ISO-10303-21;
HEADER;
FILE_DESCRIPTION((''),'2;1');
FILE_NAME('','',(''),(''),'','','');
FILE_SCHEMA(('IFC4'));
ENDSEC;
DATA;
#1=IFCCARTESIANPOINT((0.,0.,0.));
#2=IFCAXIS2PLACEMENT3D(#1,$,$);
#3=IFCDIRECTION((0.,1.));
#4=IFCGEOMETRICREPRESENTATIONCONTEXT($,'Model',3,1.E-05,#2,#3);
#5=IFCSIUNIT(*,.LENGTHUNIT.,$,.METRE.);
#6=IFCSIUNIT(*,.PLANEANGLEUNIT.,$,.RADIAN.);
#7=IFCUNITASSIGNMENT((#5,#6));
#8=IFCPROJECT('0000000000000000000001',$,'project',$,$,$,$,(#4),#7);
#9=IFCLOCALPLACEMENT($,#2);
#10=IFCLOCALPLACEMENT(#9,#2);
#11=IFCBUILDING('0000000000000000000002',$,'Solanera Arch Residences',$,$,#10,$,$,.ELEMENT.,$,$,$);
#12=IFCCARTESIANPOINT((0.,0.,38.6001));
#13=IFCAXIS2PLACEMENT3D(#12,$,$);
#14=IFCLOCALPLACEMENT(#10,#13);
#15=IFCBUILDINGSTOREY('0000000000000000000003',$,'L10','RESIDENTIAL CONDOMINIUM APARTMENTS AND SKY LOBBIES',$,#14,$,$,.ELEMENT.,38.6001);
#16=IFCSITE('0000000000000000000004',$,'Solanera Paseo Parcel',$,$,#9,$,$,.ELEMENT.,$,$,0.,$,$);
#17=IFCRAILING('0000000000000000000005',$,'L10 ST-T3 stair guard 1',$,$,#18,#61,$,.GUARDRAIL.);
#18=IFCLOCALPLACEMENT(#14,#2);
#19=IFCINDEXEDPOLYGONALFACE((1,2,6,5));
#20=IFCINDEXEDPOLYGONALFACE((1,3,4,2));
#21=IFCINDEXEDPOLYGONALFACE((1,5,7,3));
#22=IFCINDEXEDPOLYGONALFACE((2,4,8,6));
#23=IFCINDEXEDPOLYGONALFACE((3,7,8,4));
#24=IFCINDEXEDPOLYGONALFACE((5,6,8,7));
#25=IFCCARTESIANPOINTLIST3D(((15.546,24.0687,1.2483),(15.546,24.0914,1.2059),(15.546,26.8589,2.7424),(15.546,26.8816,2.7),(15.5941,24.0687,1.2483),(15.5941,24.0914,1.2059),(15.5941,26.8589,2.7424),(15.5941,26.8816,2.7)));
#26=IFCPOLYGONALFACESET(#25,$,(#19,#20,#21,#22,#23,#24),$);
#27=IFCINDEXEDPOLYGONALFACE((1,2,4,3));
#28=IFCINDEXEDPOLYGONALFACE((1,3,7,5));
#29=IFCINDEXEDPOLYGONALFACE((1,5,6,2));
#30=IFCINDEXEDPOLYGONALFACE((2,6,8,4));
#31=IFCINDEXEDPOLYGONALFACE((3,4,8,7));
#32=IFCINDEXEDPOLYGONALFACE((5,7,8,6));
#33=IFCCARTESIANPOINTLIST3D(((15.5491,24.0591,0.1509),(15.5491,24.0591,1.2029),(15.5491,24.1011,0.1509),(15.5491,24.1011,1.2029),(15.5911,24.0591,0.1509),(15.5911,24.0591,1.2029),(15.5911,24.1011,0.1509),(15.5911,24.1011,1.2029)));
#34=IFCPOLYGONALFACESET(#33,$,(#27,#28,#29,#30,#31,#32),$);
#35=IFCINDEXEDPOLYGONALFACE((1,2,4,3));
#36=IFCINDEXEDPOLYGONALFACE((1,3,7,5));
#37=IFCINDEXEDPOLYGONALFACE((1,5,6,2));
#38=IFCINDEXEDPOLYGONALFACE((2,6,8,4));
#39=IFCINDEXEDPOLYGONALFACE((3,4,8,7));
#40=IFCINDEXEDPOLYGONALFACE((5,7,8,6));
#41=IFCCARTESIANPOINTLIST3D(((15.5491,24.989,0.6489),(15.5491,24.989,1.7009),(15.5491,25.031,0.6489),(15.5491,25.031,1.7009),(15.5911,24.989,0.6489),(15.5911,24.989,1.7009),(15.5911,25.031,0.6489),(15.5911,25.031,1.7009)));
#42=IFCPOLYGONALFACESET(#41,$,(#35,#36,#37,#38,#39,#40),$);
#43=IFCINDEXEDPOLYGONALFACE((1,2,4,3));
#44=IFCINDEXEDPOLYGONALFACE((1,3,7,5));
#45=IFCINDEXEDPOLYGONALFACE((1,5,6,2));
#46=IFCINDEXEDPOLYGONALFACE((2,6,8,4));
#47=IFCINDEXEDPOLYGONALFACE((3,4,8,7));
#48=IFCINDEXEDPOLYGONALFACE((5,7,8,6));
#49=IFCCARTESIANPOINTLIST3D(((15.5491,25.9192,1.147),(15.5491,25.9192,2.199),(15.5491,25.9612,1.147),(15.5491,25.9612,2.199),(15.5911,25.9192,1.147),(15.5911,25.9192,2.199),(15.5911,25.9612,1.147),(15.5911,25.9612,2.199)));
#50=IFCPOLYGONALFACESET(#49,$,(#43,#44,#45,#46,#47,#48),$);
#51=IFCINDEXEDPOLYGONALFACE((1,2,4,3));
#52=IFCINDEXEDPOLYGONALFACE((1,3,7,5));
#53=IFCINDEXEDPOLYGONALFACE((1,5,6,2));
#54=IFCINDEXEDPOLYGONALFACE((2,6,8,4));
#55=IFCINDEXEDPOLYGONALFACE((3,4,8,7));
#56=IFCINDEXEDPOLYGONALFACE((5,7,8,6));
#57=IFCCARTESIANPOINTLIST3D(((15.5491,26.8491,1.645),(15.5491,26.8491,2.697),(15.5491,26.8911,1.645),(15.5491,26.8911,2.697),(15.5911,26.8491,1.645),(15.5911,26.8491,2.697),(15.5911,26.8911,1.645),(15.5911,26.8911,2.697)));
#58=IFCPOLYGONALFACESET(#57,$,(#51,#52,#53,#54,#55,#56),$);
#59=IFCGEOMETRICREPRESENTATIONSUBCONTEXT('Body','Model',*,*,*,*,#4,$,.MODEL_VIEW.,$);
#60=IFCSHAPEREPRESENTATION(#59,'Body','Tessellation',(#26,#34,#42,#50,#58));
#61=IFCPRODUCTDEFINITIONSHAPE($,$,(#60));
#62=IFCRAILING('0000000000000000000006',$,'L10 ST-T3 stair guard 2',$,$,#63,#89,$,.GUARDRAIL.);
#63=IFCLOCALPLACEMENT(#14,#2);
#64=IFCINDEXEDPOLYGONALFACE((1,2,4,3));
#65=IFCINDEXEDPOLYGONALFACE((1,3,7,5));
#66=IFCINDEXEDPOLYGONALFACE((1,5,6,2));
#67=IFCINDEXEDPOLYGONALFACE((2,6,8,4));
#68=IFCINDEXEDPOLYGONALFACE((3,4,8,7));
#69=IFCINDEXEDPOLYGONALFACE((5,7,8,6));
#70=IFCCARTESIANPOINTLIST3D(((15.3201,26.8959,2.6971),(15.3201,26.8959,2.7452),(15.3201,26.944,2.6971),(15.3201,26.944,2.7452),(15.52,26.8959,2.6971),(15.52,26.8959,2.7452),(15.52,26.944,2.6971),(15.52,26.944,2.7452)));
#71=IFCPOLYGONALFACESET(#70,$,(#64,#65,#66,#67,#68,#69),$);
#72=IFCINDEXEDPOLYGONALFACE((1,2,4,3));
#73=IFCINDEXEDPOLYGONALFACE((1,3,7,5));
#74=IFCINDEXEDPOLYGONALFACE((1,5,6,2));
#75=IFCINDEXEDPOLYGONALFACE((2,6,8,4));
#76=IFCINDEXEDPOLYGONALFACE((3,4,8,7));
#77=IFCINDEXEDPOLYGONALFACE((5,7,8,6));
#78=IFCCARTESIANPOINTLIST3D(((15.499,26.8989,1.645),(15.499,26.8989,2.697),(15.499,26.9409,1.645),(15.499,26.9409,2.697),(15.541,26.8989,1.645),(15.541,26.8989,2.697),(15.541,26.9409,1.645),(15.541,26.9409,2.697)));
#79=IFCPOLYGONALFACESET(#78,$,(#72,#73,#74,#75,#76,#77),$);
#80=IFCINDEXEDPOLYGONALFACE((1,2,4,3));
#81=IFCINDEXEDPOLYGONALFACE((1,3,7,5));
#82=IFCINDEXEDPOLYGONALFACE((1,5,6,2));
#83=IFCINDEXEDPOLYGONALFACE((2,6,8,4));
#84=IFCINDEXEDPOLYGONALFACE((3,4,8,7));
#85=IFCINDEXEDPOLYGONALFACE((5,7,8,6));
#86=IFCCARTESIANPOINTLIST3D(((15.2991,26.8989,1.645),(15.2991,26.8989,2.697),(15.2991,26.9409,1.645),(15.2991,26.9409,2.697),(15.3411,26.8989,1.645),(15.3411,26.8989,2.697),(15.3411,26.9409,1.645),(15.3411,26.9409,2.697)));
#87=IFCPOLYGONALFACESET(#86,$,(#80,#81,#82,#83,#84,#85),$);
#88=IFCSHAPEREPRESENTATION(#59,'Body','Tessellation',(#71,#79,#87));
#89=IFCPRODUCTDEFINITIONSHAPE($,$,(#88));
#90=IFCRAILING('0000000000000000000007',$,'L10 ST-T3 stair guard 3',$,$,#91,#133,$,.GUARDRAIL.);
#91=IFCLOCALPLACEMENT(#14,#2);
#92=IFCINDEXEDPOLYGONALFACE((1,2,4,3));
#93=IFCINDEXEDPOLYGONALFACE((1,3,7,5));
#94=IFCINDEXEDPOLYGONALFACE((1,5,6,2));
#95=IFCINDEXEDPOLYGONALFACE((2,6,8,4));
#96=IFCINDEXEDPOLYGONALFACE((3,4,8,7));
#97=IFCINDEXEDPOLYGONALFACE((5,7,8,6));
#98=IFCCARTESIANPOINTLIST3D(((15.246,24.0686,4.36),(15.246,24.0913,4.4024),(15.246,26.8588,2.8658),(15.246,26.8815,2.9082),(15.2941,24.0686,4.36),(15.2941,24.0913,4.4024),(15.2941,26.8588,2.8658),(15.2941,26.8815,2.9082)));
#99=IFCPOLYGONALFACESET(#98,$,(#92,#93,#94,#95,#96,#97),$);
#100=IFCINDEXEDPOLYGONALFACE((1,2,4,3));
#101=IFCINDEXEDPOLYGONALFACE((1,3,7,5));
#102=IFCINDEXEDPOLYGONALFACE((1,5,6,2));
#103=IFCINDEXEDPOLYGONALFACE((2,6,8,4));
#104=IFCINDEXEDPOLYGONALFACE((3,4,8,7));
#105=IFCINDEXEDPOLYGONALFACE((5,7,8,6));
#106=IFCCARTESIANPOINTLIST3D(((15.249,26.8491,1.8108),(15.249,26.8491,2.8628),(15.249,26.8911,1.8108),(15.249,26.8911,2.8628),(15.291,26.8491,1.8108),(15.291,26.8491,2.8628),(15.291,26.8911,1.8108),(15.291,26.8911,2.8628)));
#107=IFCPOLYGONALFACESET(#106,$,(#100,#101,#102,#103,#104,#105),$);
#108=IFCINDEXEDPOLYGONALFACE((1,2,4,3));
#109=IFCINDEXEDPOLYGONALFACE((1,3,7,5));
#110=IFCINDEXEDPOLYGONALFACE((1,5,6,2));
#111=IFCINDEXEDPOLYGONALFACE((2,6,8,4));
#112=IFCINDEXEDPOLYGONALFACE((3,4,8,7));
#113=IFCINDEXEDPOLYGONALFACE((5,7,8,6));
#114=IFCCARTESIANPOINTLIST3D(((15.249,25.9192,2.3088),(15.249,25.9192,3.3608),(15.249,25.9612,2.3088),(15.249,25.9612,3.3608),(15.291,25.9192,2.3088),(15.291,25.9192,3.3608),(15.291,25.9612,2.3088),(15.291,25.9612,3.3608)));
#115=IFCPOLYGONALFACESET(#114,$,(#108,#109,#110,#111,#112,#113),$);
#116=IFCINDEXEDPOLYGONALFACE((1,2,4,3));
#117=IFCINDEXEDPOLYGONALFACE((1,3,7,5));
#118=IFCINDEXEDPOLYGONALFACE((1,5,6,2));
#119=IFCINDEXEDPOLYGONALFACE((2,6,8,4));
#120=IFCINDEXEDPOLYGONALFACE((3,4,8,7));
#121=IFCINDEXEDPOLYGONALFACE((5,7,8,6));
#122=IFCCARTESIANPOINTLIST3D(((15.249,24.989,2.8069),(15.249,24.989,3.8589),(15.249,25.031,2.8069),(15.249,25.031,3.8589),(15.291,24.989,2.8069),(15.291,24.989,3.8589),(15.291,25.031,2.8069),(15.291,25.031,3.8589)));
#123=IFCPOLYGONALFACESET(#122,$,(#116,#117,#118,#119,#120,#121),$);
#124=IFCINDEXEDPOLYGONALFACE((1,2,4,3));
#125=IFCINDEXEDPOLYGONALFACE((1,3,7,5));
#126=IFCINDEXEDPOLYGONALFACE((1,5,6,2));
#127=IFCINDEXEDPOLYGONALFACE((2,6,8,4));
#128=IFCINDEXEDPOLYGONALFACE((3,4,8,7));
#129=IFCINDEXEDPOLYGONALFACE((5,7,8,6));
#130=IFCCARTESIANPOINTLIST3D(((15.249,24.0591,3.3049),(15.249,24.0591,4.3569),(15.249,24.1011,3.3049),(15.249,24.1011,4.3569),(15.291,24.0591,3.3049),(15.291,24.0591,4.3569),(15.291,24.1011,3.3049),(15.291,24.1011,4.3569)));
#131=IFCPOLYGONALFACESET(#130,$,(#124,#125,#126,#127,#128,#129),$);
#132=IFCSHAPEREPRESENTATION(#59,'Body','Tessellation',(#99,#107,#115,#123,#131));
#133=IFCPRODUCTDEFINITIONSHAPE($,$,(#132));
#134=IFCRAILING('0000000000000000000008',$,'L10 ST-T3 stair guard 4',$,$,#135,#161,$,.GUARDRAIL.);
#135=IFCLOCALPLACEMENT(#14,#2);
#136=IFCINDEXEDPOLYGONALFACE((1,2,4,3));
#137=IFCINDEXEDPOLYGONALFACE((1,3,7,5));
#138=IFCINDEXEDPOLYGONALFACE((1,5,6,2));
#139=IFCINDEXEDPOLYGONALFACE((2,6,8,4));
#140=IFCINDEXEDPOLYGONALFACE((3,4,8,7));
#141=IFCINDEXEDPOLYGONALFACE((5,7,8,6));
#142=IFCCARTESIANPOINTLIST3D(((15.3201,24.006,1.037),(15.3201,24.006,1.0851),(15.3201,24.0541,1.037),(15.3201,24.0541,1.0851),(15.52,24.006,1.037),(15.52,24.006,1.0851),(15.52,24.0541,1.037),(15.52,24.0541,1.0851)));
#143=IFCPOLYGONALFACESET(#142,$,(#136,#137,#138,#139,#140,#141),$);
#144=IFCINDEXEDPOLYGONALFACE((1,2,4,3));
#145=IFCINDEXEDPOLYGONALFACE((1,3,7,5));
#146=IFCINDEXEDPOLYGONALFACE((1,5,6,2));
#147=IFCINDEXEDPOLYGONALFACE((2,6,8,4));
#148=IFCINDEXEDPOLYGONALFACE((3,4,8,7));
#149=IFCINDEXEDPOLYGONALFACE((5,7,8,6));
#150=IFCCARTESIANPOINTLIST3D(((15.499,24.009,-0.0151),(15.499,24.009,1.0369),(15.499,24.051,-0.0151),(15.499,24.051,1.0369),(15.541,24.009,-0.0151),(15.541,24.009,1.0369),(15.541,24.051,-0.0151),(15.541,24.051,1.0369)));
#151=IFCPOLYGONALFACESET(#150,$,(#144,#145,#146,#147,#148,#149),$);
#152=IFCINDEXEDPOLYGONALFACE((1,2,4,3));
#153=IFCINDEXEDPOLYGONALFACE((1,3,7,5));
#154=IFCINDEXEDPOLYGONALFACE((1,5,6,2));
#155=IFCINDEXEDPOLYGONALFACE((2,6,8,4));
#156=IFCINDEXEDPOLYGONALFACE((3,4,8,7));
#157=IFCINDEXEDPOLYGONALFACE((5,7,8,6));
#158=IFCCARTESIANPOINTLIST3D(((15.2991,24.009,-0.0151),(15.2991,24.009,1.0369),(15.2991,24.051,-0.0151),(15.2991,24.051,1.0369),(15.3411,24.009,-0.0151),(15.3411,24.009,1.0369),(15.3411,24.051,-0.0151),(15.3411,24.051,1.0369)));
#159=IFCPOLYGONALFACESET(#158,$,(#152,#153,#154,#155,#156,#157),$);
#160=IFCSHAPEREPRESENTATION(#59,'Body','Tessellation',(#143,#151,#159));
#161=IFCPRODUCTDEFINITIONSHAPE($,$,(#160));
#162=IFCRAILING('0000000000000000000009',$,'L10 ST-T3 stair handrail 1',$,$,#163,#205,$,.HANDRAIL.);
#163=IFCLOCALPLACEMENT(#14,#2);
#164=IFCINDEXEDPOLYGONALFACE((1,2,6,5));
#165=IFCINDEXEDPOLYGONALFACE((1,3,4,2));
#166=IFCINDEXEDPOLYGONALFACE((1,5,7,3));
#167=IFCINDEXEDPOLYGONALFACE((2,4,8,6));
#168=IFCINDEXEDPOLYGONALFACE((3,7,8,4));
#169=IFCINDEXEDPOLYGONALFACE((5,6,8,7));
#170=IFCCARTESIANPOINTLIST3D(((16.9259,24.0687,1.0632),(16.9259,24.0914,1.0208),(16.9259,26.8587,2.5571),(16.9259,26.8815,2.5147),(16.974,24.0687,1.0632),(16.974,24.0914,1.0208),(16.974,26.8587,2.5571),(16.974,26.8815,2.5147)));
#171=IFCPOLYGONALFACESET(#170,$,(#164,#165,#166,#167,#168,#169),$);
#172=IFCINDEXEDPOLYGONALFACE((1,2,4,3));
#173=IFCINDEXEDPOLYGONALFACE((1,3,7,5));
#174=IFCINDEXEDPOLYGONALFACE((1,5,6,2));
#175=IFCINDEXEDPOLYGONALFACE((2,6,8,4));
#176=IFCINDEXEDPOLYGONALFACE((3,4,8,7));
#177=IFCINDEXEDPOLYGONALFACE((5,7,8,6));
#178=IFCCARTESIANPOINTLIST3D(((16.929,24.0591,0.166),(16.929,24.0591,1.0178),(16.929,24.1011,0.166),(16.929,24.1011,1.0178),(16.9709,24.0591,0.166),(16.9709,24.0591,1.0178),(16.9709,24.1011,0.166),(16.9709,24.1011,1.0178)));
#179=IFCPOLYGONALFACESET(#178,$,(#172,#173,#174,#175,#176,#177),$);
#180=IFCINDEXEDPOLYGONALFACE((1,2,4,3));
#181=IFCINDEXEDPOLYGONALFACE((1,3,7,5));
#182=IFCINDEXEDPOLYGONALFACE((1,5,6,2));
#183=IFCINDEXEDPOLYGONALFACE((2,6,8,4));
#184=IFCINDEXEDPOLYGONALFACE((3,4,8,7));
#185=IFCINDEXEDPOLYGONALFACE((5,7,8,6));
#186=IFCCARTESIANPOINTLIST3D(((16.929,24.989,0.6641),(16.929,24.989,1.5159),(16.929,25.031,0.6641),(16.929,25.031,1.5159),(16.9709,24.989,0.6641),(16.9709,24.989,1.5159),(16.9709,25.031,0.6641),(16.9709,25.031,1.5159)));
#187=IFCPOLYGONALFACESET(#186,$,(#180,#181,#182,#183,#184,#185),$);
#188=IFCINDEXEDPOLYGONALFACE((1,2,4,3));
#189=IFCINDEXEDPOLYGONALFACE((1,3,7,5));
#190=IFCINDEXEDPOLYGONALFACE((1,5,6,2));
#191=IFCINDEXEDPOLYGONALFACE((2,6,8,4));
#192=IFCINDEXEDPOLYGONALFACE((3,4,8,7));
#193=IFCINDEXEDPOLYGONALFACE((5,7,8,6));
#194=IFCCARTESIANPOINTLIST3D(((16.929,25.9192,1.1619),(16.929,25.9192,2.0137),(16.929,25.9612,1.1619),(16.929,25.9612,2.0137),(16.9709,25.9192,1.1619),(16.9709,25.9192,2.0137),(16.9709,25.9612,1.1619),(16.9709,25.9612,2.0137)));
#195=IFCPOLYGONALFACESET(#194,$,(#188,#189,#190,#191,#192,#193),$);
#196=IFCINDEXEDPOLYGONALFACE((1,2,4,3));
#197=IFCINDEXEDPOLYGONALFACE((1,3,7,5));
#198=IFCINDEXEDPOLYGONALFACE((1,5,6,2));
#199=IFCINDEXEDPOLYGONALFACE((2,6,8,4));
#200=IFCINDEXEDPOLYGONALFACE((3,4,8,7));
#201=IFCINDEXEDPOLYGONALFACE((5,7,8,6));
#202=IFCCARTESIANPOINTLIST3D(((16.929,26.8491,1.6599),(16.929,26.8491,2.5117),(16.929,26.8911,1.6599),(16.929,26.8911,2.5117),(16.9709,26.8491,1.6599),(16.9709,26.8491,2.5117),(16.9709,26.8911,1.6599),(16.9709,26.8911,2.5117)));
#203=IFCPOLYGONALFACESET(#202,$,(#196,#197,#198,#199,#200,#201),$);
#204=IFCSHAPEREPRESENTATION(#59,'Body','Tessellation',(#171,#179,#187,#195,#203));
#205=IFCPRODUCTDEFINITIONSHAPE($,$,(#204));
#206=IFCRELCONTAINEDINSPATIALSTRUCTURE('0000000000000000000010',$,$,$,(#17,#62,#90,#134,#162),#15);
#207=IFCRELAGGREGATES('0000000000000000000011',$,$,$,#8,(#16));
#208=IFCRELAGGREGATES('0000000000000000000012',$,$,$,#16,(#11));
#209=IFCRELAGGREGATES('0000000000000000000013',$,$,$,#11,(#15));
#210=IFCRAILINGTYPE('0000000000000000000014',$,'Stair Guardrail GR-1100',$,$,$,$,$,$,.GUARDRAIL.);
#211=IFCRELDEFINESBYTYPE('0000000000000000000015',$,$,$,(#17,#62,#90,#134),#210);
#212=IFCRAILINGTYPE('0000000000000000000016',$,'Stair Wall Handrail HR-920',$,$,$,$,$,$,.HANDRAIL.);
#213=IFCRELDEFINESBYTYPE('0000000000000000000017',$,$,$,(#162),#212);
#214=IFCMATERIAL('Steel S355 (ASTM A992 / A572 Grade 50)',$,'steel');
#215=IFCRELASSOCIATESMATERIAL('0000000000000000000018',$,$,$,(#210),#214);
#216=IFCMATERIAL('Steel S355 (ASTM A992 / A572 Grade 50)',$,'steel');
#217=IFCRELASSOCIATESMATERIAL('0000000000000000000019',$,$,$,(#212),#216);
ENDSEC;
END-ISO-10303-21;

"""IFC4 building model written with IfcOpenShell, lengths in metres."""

from ifc_helpers import new_model, si_unit, direction, frame, origin, origin_2d, place, context, subcontext, project, spatial, rectangle, extrude, material, type_object, element, save


model = new_model("IFC4")

# Units and contexts
model_context = context("Model", 3, precision=1e-05, world=origin(), true_north=direction((0.0, 1.0)))
body_context = subcontext(model_context, "Body", "Model", "MODEL_VIEW")
ifc_project = project(units=[si_unit("LENGTHUNIT", "METRE"), si_unit("PLANEANGLEUNIT", "RADIAN")], contexts=[model_context])

# Site, building, storey
site_placement = place(None, origin())
site = spatial("IfcSite", under=ifc_project, at=site_placement, Name="Solanera Paseo Parcel", CompositionType="ELEMENT", RefElevation=0.0)
building_placement = place(site_placement, origin())
building = spatial("IfcBuilding", under=site, at=building_placement, Name="Solanera Arch Residences", CompositionType="ELEMENT")
storey_placement = place(building_placement, frame((0.0, 0.0, 38.6001)))
storey = spatial("IfcBuildingStorey", under=building, at=storey_placement, Name="L10", Description="RESIDENTIAL CONDOMINIUM APARTMENTS AND SKY LOBBIES", CompositionType="ELEMENT", Elevation=38.6001)

# Railings
ifc_material_1 = material(Name="Steel S355 (ASTM A992 / A572 Grade 50)", Category="steel")
railing_type_1 = type_object("IfcRailingType", Name="Stair Guardrail GR-1100", PredefinedType="GUARDRAIL", material=ifc_material_1)
railing_1_placement = place(storey_placement, frame((15.5701, 24.0801, 0.1509)))
element("IfcRailing", 1, at=railing_1_placement, inside=storey, type_object=railing_type_1, Name="L10 ST-T3 stair guard 1", PredefinedType="GUARDRAIL", context=body_context, shape_type="SweptSolid", body=[
    extrude(rectangle(XDim=0.0481, YDim=0.0481, at=origin_2d()), frame((0.0, 0.0, 1.0762), z_axis=(0.0, 0.881549, 0.472093), x_axis=(-1.0, 0.0, 0.0)), (0.0, 0.0, 1.0), 3.165),
    extrude(rectangle(XDim=0.042, YDim=0.042, at=origin_2d()), origin(), (0.0, 0.0, 1.0), 1.052),
    extrude(rectangle(XDim=0.042, YDim=0.042, at=origin_2d()), frame((0.0, 0.9299, 0.498)), (0.0, 0.0, 1.0), 1.052),
    extrude(rectangle(XDim=0.042, YDim=0.042, at=origin_2d()), frame((0.0, 1.8601, 0.9961)), (0.0, 0.0, 1.0), 1.052),
    extrude(rectangle(XDim=0.042, YDim=0.042, at=origin_2d()), frame((0.0, 2.79, 1.4941)), (0.0, 0.0, 1.0), 1.052),
])
railing_2_placement = place(storey_placement, frame((15.52, 26.9199, 1.645)))
element("IfcRailing", 2, at=railing_2_placement, inside=storey, type_object=railing_type_1, Name="L10 ST-T3 stair guard 2", PredefinedType="GUARDRAIL", context=body_context, shape_type="SweptSolid", body=[
    extrude(rectangle(XDim=0.0481, YDim=0.0481, at=origin_2d()), frame((0.0, 0.0, 1.0762), z_axis=(-1.0, 0.0, 0.0), x_axis=(0.0, -1.0, 0.0)), (0.0, 0.0, 1.0), 0.2),
    extrude(rectangle(XDim=0.042, YDim=0.042, at=origin_2d()), origin(), (0.0, 0.0, 1.0), 1.052),
    extrude(rectangle(XDim=0.042, YDim=0.042, at=origin_2d()), frame((-0.2, 0.0, 0.0)), (0.0, 0.0, 1.0), 1.052),
])
railing_3_placement = place(storey_placement, frame((15.27, 26.8701, 1.8108)))
element("IfcRailing", 3, at=railing_3_placement, inside=storey, type_object=railing_type_1, Name="L10 ST-T3 stair guard 3", PredefinedType="GUARDRAIL", context=body_context, shape_type="SweptSolid", body=[
    extrude(rectangle(XDim=0.0481, YDim=0.0481, at=origin_2d()), frame((0.0, 0.0, 1.0762), z_axis=(0.0, -0.881549, 0.472093), x_axis=(1.0, 0.0, 0.0)), (0.0, 0.0, 1.0), 3.165),
    extrude(rectangle(XDim=0.042, YDim=0.042, at=origin_2d()), origin(), (0.0, 0.0, 1.0), 1.052),
    extrude(rectangle(XDim=0.042, YDim=0.042, at=origin_2d()), frame((0.0, -0.9299, 0.498)), (0.0, 0.0, 1.0), 1.052),
    extrude(rectangle(XDim=0.042, YDim=0.042, at=origin_2d()), frame((0.0, -1.8601, 0.9961)), (0.0, 0.0, 1.0), 1.052),
    extrude(rectangle(XDim=0.042, YDim=0.042, at=origin_2d()), frame((0.0, -2.79, 1.4941)), (0.0, 0.0, 1.0), 1.052),
])
railing_4_placement = place(storey_placement, frame((15.52, 24.03, -0.0151)))
element("IfcRailing", 4, at=railing_4_placement, inside=storey, type_object=railing_type_1, Name="L10 ST-T3 stair guard 4", PredefinedType="GUARDRAIL", context=body_context, shape_type="SweptSolid", body=[
    extrude(rectangle(XDim=0.0481, YDim=0.0481, at=origin_2d()), frame((0.0, 0.0, 1.0762), z_axis=(-1.0, 0.0, 0.0), x_axis=(0.0, -1.0, 0.0)), (0.0, 0.0, 1.0), 0.2),
    extrude(rectangle(XDim=0.042, YDim=0.042, at=origin_2d()), origin(), (0.0, 0.0, 1.0), 1.052),
    extrude(rectangle(XDim=0.042, YDim=0.042, at=origin_2d()), frame((-0.2, 0.0, 0.0)), (0.0, 0.0, 1.0), 1.052),
])
ifc_material_2 = material(Name="Steel S355 (ASTM A992 / A572 Grade 50)", Category="steel")
railing_type_2 = type_object("IfcRailingType", Name="Stair Wall Handrail HR-920", PredefinedType="HANDRAIL", material=ifc_material_2)
railing_5_placement = place(storey_placement, frame((16.95, 24.0801, 0.166)))
element("IfcRailing", 5, at=railing_5_placement, inside=storey, type_object=railing_type_2, Name="L10 ST-T3 stair handrail 1", PredefinedType="HANDRAIL", context=body_context, shape_type="SweptSolid", body=[
    extrude(rectangle(XDim=0.0481, YDim=0.0481, at=origin_2d()), frame((0.0, 0.0, 0.876), z_axis=(0.0, 0.881581, 0.472033), x_axis=(-1.0, 0.0, 0.0)), (0.0, 0.0, 1.0), 3.1648),
    extrude(rectangle(XDim=0.042, YDim=0.042, at=origin_2d()), origin(), (0.0, 0.0, 1.0), 0.8518),
    extrude(rectangle(XDim=0.042, YDim=0.042, at=origin_2d()), frame((0.0, 0.9299, 0.498)), (0.0, 0.0, 1.0), 0.8518),
    extrude(rectangle(XDim=0.042, YDim=0.042, at=origin_2d()), frame((0.0, 1.8601, 0.9958)), (0.0, 0.0, 1.0), 0.8518),
    extrude(rectangle(XDim=0.042, YDim=0.042, at=origin_2d()), frame((0.0, 2.79, 1.4939)), (0.0, 0.0, 1.0), 0.8518),
])

save(model, "model.ifc")
